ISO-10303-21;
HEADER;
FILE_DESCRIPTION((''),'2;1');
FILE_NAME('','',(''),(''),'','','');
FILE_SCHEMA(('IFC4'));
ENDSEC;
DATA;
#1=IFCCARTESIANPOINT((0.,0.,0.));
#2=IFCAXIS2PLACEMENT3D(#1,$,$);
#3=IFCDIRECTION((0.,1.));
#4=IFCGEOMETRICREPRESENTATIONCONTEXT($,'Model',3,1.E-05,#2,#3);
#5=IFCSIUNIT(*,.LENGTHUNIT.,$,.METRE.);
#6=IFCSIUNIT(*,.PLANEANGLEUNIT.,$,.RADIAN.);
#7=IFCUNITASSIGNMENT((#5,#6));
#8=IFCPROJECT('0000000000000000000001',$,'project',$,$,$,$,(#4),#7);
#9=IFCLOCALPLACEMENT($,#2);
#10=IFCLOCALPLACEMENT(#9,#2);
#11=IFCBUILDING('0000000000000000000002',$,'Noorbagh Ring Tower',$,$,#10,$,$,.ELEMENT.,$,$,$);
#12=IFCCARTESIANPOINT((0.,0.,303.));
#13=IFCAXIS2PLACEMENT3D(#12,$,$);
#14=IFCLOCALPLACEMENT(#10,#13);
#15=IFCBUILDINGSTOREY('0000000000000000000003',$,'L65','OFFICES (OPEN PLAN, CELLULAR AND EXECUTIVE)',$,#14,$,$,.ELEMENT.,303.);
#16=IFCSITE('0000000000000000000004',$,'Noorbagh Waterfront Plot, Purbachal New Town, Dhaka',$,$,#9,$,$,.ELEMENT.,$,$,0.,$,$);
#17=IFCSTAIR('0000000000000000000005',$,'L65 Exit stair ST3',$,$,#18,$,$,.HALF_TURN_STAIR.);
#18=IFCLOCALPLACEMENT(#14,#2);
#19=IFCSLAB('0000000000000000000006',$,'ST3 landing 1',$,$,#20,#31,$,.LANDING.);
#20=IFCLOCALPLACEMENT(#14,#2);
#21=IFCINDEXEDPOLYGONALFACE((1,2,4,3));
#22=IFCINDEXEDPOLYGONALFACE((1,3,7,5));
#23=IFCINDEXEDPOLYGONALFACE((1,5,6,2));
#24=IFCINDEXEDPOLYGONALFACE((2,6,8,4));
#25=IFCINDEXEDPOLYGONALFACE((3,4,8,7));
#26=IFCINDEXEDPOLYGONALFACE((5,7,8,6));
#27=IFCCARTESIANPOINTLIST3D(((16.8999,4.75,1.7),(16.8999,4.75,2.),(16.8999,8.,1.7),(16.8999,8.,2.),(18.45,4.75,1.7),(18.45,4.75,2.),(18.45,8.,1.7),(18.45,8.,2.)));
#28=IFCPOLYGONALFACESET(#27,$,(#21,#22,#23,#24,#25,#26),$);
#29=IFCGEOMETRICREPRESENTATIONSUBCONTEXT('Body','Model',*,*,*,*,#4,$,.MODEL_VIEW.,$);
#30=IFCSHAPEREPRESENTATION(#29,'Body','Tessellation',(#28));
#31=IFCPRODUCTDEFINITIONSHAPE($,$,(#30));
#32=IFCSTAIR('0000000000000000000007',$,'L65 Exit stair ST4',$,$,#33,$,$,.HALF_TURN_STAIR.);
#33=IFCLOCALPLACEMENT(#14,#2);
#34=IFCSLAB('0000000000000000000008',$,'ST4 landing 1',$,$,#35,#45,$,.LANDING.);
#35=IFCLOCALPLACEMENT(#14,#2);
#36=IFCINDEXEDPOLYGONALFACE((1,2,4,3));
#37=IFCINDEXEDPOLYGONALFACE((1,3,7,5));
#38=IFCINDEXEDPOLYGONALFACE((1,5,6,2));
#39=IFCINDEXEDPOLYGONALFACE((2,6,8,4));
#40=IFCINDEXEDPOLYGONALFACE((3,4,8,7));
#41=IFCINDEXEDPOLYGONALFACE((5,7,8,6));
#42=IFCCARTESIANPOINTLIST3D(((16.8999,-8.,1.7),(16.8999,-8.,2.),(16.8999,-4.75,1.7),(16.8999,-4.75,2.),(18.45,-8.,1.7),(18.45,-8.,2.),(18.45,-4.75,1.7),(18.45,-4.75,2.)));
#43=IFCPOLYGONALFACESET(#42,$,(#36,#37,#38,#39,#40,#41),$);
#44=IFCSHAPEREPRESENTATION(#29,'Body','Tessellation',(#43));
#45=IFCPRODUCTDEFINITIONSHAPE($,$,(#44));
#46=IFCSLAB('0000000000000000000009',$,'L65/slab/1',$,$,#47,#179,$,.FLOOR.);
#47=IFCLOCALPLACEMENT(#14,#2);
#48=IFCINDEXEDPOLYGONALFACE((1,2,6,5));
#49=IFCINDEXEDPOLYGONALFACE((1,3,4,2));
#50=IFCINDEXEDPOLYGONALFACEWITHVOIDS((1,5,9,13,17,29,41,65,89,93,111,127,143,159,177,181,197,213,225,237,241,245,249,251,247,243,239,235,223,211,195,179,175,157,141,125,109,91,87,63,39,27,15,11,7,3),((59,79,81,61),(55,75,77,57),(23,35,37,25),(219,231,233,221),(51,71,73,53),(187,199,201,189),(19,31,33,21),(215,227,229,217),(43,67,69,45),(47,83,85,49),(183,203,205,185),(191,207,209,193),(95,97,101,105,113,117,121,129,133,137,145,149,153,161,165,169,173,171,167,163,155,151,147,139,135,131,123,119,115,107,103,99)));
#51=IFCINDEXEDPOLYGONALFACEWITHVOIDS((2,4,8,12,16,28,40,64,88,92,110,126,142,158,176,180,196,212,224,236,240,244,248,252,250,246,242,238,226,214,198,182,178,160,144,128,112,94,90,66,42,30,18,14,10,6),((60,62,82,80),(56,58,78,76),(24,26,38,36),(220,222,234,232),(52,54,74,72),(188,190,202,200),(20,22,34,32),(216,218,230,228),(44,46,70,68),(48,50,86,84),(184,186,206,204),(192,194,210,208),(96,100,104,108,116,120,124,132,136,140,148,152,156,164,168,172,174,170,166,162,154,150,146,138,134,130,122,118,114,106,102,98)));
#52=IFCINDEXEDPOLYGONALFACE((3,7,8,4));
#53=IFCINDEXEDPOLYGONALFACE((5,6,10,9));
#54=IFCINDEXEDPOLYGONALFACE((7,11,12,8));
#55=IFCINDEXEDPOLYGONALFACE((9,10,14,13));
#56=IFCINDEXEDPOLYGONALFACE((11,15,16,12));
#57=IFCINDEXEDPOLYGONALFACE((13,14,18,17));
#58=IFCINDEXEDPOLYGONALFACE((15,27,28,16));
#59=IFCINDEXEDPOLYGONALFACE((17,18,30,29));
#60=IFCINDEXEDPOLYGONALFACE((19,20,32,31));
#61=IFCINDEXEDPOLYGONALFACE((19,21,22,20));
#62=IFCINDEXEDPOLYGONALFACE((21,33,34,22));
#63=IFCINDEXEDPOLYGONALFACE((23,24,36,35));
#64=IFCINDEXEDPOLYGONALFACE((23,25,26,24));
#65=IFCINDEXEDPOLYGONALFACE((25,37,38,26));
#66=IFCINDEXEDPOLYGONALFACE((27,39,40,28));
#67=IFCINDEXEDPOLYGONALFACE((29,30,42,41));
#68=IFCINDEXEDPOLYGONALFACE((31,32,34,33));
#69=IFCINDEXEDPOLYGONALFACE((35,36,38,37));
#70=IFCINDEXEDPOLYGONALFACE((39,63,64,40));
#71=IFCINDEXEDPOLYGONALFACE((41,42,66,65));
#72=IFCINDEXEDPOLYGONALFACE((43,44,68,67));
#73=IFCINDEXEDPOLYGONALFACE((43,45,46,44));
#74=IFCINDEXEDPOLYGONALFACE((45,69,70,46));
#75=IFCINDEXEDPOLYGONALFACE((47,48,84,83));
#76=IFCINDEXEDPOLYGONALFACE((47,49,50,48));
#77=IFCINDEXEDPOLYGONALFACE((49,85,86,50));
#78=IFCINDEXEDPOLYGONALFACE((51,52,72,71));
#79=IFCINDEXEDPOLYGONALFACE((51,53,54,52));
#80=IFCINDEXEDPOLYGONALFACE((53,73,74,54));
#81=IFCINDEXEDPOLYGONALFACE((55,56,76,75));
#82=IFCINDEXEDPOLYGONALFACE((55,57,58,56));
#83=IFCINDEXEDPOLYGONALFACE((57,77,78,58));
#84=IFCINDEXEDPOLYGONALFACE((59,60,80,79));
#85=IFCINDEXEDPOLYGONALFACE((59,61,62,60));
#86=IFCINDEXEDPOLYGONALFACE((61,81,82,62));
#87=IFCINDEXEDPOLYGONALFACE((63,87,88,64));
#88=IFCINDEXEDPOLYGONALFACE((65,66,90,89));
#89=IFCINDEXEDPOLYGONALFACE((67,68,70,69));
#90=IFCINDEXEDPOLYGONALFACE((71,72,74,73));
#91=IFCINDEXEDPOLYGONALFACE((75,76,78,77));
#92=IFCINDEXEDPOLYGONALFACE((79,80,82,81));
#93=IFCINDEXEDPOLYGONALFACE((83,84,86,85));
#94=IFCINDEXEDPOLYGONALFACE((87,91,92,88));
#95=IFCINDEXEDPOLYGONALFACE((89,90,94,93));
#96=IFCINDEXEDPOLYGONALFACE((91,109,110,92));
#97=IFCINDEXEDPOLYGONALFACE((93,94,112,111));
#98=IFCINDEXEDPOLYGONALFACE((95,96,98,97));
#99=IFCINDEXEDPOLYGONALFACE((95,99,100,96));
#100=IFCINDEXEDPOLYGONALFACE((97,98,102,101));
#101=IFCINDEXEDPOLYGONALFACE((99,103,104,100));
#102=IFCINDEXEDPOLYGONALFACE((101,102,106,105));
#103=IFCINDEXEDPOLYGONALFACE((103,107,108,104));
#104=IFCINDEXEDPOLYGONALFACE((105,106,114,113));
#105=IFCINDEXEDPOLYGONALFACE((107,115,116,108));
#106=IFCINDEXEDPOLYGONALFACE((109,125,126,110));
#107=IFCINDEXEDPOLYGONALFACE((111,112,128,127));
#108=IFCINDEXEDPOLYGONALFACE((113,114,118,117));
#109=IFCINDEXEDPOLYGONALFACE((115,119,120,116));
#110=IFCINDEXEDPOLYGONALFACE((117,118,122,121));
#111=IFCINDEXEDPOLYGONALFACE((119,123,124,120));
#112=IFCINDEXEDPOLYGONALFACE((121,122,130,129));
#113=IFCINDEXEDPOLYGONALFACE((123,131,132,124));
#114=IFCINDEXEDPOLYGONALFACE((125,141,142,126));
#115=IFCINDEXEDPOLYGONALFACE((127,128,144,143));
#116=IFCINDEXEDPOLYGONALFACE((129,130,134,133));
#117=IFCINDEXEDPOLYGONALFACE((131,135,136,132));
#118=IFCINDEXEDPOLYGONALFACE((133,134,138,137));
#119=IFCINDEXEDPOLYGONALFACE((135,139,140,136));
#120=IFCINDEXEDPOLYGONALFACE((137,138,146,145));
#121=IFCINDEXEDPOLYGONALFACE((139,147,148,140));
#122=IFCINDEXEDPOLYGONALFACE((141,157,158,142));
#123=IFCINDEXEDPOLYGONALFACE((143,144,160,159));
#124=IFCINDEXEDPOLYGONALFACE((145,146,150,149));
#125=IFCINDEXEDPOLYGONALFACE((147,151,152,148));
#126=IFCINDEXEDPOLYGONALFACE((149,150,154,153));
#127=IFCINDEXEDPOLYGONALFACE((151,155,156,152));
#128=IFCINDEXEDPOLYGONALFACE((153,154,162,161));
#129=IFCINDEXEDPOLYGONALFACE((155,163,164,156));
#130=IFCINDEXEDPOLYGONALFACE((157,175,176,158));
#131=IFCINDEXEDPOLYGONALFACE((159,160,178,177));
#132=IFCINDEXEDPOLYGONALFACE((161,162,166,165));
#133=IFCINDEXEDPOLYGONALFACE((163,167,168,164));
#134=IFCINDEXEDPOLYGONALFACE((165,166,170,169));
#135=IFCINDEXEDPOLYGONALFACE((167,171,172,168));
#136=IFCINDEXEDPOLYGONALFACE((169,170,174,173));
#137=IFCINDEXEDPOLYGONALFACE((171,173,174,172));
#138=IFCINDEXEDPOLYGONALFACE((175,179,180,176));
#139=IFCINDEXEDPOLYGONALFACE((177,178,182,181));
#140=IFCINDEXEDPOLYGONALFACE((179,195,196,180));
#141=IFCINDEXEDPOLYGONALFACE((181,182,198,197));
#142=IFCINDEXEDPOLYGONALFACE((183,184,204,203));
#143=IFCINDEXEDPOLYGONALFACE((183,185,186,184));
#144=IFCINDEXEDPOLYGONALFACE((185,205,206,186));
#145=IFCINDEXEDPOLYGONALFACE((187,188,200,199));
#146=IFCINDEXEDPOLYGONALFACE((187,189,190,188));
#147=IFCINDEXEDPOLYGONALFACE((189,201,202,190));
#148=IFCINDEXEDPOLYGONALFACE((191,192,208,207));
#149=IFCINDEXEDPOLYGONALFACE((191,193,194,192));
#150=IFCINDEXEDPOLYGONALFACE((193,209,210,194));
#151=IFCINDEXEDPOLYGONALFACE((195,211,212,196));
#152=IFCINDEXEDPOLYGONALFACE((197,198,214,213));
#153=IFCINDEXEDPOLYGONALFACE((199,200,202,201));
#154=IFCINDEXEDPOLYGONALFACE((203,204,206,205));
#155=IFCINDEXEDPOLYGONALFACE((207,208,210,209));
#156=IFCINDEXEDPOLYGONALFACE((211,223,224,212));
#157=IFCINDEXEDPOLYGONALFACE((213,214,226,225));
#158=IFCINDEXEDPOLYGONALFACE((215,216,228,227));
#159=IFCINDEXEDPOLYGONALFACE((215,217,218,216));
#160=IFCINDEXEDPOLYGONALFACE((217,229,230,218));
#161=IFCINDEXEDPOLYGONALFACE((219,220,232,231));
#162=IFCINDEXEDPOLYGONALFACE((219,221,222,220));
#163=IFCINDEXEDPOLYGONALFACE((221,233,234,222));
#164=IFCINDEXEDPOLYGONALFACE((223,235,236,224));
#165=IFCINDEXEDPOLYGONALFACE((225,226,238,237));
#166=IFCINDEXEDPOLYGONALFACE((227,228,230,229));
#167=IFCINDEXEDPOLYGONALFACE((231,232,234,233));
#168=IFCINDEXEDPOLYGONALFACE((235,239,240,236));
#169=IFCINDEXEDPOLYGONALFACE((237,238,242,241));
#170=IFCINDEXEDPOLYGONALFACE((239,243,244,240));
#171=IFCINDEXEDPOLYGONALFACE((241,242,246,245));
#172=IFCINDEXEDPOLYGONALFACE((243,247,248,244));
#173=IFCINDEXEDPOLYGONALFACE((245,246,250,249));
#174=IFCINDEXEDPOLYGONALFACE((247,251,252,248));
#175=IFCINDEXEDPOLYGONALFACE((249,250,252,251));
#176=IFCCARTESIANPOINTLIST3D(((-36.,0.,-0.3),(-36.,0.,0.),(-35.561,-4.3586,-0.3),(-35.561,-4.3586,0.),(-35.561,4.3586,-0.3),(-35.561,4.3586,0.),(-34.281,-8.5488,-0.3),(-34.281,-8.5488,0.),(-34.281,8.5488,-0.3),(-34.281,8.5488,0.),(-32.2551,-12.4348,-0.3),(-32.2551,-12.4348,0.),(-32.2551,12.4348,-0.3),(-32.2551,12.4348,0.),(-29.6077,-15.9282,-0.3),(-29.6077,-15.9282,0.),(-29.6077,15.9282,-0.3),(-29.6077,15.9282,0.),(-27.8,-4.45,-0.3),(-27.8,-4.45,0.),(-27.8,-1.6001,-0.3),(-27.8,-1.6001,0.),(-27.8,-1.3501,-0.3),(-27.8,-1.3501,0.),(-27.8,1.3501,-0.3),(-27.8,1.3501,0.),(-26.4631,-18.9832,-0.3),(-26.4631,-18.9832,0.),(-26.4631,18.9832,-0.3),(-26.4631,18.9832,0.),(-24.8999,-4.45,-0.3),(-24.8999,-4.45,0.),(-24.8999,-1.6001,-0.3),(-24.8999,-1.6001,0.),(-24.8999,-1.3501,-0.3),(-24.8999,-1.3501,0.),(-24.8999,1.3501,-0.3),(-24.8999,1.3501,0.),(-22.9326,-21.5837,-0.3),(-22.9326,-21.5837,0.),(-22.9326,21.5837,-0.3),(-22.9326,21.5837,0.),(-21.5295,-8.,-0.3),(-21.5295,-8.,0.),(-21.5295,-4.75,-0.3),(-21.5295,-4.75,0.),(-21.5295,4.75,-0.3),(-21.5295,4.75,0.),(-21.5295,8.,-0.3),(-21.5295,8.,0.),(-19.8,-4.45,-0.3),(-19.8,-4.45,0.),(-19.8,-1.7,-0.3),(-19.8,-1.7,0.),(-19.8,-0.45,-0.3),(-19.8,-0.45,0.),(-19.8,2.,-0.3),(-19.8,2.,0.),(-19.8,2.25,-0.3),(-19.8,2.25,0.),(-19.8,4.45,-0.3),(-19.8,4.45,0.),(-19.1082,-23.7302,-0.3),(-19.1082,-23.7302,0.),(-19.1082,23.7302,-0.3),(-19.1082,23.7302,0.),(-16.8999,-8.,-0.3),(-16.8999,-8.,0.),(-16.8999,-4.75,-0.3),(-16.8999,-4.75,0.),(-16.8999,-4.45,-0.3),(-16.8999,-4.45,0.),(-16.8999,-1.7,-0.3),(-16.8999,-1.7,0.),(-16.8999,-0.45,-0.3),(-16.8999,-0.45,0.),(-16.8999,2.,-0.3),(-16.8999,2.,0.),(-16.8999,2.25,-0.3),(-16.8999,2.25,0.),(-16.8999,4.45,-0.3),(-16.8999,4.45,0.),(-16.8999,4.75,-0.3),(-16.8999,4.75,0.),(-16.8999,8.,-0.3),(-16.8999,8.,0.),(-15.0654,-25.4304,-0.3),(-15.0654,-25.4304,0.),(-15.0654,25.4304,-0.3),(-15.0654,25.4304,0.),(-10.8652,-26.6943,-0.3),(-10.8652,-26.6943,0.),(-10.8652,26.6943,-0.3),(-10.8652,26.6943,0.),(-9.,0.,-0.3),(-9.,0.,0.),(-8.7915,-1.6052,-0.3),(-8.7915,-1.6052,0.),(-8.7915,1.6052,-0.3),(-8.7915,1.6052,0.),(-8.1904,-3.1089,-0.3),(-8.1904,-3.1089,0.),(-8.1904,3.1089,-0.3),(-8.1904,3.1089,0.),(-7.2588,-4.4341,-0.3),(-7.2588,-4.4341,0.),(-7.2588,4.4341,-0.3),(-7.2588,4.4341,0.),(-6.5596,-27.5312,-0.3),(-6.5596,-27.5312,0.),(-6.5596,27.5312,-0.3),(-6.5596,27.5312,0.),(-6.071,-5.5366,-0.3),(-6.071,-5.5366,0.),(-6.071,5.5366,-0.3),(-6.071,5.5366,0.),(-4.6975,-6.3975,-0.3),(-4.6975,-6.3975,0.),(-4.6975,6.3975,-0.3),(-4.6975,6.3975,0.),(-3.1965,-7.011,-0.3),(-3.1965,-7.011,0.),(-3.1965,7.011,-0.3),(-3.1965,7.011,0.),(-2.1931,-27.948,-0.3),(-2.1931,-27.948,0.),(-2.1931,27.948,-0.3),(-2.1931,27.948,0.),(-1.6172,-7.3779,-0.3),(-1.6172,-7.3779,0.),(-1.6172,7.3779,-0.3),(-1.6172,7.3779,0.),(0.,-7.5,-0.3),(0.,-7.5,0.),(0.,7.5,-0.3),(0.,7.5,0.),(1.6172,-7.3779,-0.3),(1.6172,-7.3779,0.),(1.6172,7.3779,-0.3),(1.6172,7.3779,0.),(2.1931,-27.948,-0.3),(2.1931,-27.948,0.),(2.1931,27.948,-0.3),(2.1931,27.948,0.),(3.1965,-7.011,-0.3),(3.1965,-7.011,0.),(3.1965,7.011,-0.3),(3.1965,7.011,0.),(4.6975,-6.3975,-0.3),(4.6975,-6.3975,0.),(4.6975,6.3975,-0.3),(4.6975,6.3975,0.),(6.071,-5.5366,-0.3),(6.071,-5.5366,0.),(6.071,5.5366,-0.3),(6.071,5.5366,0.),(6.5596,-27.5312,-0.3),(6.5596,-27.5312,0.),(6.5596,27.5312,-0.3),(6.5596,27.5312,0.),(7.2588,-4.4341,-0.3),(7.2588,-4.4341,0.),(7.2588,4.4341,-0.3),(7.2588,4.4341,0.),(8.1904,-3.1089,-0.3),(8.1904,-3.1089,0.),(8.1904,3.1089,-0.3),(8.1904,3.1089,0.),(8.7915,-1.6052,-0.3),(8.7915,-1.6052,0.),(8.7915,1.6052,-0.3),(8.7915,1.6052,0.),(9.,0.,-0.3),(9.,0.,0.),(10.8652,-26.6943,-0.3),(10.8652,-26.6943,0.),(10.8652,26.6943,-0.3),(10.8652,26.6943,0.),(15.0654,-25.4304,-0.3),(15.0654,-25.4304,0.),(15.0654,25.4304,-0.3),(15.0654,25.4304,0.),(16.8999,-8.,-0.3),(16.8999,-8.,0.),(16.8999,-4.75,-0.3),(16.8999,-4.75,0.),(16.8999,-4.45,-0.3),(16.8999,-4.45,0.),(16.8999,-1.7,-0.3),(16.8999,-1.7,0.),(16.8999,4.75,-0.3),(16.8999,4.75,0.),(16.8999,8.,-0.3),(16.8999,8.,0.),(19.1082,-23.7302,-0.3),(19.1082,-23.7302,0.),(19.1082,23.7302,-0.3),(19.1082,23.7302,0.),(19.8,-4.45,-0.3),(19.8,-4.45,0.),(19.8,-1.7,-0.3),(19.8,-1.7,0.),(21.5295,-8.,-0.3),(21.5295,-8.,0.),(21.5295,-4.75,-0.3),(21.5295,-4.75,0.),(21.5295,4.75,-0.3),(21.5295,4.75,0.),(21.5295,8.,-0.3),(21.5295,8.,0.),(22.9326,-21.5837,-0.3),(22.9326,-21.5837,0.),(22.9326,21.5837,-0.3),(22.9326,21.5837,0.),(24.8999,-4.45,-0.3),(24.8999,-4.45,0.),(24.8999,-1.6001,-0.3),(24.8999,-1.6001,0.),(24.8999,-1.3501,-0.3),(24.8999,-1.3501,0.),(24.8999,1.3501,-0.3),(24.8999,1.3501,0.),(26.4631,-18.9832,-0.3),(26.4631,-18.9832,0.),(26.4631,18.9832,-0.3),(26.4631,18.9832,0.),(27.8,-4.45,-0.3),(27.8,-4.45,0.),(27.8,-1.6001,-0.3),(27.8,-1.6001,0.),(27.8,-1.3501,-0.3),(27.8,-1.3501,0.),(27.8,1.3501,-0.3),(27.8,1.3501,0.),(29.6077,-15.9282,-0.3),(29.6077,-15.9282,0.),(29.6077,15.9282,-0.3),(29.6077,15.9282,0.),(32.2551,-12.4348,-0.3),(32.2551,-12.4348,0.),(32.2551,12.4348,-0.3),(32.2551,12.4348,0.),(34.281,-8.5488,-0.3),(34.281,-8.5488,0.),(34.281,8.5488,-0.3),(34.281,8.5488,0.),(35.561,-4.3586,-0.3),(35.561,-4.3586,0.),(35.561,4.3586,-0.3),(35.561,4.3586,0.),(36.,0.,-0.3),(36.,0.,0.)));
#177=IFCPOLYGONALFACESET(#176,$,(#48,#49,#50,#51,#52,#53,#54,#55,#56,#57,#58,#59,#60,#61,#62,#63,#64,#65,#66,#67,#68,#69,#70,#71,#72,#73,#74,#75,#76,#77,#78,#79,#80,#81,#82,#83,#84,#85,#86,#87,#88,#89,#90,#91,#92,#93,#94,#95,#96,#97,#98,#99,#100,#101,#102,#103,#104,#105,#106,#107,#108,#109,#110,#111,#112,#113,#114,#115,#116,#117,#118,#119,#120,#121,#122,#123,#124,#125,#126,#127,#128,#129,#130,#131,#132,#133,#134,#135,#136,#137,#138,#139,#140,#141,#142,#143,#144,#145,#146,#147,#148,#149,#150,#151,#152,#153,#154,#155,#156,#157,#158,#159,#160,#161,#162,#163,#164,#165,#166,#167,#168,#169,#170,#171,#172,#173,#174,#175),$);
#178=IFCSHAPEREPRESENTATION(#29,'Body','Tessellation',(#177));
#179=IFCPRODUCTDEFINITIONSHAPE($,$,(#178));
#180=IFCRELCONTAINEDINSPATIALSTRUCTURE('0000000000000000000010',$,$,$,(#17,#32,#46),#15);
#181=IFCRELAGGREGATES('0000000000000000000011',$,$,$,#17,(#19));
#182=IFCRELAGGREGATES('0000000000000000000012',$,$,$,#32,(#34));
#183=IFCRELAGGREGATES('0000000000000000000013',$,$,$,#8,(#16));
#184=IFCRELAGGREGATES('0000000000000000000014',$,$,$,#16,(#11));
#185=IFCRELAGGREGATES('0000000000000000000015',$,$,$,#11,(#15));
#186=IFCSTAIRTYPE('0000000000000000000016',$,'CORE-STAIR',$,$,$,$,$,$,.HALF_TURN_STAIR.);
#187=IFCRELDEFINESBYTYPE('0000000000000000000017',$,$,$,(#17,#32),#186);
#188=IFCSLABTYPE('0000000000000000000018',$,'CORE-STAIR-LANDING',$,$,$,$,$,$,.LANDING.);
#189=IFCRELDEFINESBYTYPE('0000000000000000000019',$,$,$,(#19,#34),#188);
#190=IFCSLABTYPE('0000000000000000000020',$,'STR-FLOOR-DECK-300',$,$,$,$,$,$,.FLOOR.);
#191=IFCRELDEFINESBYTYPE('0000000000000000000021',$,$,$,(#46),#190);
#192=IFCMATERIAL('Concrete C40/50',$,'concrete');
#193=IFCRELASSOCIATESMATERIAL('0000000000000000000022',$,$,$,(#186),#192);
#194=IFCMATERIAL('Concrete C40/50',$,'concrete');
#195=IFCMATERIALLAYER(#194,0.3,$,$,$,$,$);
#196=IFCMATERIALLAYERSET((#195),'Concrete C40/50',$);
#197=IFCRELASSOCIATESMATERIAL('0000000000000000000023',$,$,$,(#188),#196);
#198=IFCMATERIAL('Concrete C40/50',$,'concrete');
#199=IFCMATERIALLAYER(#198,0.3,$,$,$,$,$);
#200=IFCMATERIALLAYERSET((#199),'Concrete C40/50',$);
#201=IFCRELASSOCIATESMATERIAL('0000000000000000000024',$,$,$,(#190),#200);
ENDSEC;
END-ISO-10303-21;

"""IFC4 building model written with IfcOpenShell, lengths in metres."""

from ifc_helpers import new_model, si_unit, direction, frame, origin, place, context, subcontext, project, spatial, polyline, outline, extrude, material, layer, layer_set, type_object, element, aggregate, save


model = new_model("IFC4")

# Units and contexts
model_context = context("Model", 3, precision=1e-05, world=origin(), true_north=direction((0.0, 1.0)))
body_context = subcontext(model_context, "Body", "Model", "MODEL_VIEW")
ifc_project = project(units=[si_unit("LENGTHUNIT", "METRE"), si_unit("PLANEANGLEUNIT", "RADIAN")], contexts=[model_context])

# Site, building, storey
site_placement = place(None, origin())
building_placement = place(site_placement, origin())
storey_placement = place(building_placement, frame((0.0, 0.0, 303.0)))
site = spatial("IfcSite", under=ifc_project, at=site_placement, Name="Noorbagh Waterfront Plot, Purbachal New Town, Dhaka", CompositionType="ELEMENT", RefElevation=0.0)
building = spatial("IfcBuilding", under=site, at=building_placement, Name="Noorbagh Ring Tower", CompositionType="ELEMENT")
storey = spatial("IfcBuildingStorey", under=building, at=storey_placement, Name="L65", Description="OFFICES (OPEN PLAN, CELLULAR AND EXECUTIVE)", CompositionType="ELEMENT", Elevation=303.0)

# Stairs, slabs
ifc_material_1 = material(Name="Concrete C40/50", Category="concrete")
stair_type = type_object("IfcStairType", Name="CORE-STAIR", PredefinedType="HALF_TURN_STAIR", material=ifc_material_1)
ifc_material_2 = material(Name="Concrete C40/50", Category="concrete")
ifc_layer_1 = layer(ifc_material_2, 0.3)
ifc_layer_set_1 = layer_set([ifc_layer_1], Name="Concrete C40/50")
slab_type_1 = type_object("IfcSlabType", Name="CORE-STAIR-LANDING", PredefinedType="LANDING", material=ifc_layer_set_1)
stair_1_placement = place(storey_placement, origin())
stair_1 = element("IfcStair", 1, at=stair_1_placement, inside=storey, type_object=stair_type, Name="L65 Exit stair ST3", PredefinedType="HALF_TURN_STAIR")
slab_1_placement = place(storey_placement, frame((0.0, 0.0, 1.7)))
slab_1 = element("IfcSlab", 2, at=slab_1_placement, type_object=slab_type_1, Name="ST3 landing 1", PredefinedType="LANDING", context=body_context, shape_type="SweptSolid", body=[
    extrude(outline(polyline([(18.45, 8.0), (16.8999, 8.0), (16.8999, 4.75), (18.45, 4.75), (18.45, 8.0)])), origin(), (0.0, 0.0, 1.0), 0.3),
])
aggregate(stair_1, [slab_1])
stair_2_placement = place(storey_placement, origin())
stair_2 = element("IfcStair", 3, at=stair_2_placement, inside=storey, type_object=stair_type, Name="L65 Exit stair ST4", PredefinedType="HALF_TURN_STAIR")
slab_2_placement = place(storey_placement, frame((0.0, 0.0, 1.7)))
slab_2 = element("IfcSlab", 4, at=slab_2_placement, type_object=slab_type_1, Name="ST4 landing 1", PredefinedType="LANDING", context=body_context, shape_type="SweptSolid", body=[
    extrude(outline(polyline([(18.45, -4.75), (16.8999, -4.75), (16.8999, -8.0), (18.45, -8.0), (18.45, -4.75)])), origin(), (0.0, 0.0, 1.0), 0.3),
])
aggregate(stair_2, [slab_2])

# Slab
ifc_material_3 = material(Name="Concrete C40/50", Category="concrete")
ifc_layer_2 = layer(ifc_material_3, 0.3)
ifc_layer_set_2 = layer_set([ifc_layer_2], Name="Concrete C40/50")
slab_type_2 = type_object("IfcSlabType", Name="STR-FLOOR-DECK-300", PredefinedType="FLOOR", material=ifc_layer_set_2)
slab_3_placement = place(storey_placement, frame((0.0, 0.0, -0.3)))
element("IfcSlab", 5, at=slab_3_placement, inside=storey, type_object=slab_type_2, Name="L65/slab/1", PredefinedType="FLOOR", context=body_context, shape_type="SweptSolid", body=[
    extrude(outline(polyline([(36.0, 0.0), (35.561, 4.3586), (34.281, 8.5488), (32.2551, 12.4348), (29.6077, 15.9282), (26.4631, 18.9832), (22.9326, 21.5837), (19.1082, 23.7302), (15.0654, 25.4304), (10.8652, 26.6943), (6.5596, 27.5312), (2.1931, 27.948), (-2.1931, 27.948), (-6.5596, 27.5312), (-10.8652, 26.6943), (-15.0654, 25.4304), (-19.1082, 23.7302), (-22.9326, 21.5837), (-26.4631, 18.9832), (-29.6077, 15.9282), (-32.2551, 12.4348), (-34.281, 8.5488), (-35.561, 4.3586), (-36.0, 0.0), (-35.561, -4.3586), (-34.281, -8.5488), (-32.2551, -12.4348), (-29.6077, -15.9282), (-26.4631, -18.9832), (-22.9326, -21.5837), (-19.1082, -23.7302), (-15.0654, -25.4304), (-10.8652, -26.6943), (-6.5596, -27.5312), (-2.1931, -27.948), (2.1931, -27.948), (6.5596, -27.5312), (10.8652, -26.6943), (15.0654, -25.4304), (19.1082, -23.7302), (22.9326, -21.5837), (26.4631, -18.9832), (29.6077, -15.9282), (32.2551, -12.4348), (34.281, -8.5488), (35.561, -4.3586), (36.0, 0.0)]), holes=[polyline([(24.8999, -1.6001), (27.8, -1.6001), (27.8, -4.45), (24.8999, -4.45), (24.8999, -1.6001)]), polyline([(24.8999, 1.3501), (27.8, 1.3501), (27.8, -1.3501), (24.8999, -1.3501), (24.8999, 1.3501)]), polyline([(21.5295, -8.0), (16.8999, -8.0), (16.8999, -4.75), (21.5295, -4.75), (21.5295, -8.0)]), polyline([(21.5295, 4.75), (16.8999, 4.75), (16.8999, 8.0), (21.5295, 8.0), (21.5295, 4.75)]), polyline([(16.8999, -1.7), (19.8, -1.7), (19.8, -4.45), (16.8999, -4.45), (16.8999, -1.7)]), polyline([(4.6975, -6.3975), (3.1965, -7.011), (1.6172, -7.3779), (0.0, -7.5), (-1.6172, -7.3779), (-3.1965, -7.011), (-4.6975, -6.3975), (-6.071, -5.5366), (-7.2588, -4.4341), (-8.1904, -3.1089), (-8.7915, -1.6052), (-9.0, 0.0), (-8.7915, 1.6052), (-8.1904, 3.1089), (-7.2588, 4.4341), (-6.071, 5.5366), (-4.6975, 6.3975), (-3.1965, 7.011), (-1.6172, 7.3779), (0.0, 7.5), (1.6172, 7.3779), (3.1965, 7.011), (4.6975, 6.3975), (6.071, 5.5366), (7.2588, 4.4341), (8.1904, 3.1089), (8.7915, 1.6052), (9.0, 0.0), (8.7915, -1.6052), (8.1904, -3.1089), (7.2588, -4.4341), (6.071, -5.5366), (4.6975, -6.3975)]), polyline([(-21.5295, -8.0), (-21.5295, -4.75), (-16.8999, -4.75), (-16.8999, -8.0), (-21.5295, -8.0)]), polyline([(-21.5295, 4.75), (-21.5295, 8.0), (-16.8999, 8.0), (-16.8999, 4.75), (-21.5295, 4.75)]), polyline([(-16.8999, -4.45), (-19.8, -4.45), (-19.8, -1.7), (-16.8999, -1.7), (-16.8999, -4.45)]), polyline([(-16.8999, -0.45), (-19.8, -0.45), (-19.8, 2.0), (-16.8999, 2.0), (-16.8999, -0.45)]), polyline([(-16.8999, 2.25), (-19.8, 2.25), (-19.8, 4.45), (-16.8999, 4.45), (-16.8999, 2.25)]), polyline([(-24.8999, -4.45), (-27.8, -4.45), (-27.8, -1.6001), (-24.8999, -1.6001), (-24.8999, -4.45)]), polyline([(-24.8999, 1.3501), (-24.8999, -1.3501), (-27.8, -1.3501), (-27.8, 1.3501), (-24.8999, 1.3501)])]), origin(), (0.0, 0.0, 1.0), 0.3),
])

save(model, "model.ifc")
